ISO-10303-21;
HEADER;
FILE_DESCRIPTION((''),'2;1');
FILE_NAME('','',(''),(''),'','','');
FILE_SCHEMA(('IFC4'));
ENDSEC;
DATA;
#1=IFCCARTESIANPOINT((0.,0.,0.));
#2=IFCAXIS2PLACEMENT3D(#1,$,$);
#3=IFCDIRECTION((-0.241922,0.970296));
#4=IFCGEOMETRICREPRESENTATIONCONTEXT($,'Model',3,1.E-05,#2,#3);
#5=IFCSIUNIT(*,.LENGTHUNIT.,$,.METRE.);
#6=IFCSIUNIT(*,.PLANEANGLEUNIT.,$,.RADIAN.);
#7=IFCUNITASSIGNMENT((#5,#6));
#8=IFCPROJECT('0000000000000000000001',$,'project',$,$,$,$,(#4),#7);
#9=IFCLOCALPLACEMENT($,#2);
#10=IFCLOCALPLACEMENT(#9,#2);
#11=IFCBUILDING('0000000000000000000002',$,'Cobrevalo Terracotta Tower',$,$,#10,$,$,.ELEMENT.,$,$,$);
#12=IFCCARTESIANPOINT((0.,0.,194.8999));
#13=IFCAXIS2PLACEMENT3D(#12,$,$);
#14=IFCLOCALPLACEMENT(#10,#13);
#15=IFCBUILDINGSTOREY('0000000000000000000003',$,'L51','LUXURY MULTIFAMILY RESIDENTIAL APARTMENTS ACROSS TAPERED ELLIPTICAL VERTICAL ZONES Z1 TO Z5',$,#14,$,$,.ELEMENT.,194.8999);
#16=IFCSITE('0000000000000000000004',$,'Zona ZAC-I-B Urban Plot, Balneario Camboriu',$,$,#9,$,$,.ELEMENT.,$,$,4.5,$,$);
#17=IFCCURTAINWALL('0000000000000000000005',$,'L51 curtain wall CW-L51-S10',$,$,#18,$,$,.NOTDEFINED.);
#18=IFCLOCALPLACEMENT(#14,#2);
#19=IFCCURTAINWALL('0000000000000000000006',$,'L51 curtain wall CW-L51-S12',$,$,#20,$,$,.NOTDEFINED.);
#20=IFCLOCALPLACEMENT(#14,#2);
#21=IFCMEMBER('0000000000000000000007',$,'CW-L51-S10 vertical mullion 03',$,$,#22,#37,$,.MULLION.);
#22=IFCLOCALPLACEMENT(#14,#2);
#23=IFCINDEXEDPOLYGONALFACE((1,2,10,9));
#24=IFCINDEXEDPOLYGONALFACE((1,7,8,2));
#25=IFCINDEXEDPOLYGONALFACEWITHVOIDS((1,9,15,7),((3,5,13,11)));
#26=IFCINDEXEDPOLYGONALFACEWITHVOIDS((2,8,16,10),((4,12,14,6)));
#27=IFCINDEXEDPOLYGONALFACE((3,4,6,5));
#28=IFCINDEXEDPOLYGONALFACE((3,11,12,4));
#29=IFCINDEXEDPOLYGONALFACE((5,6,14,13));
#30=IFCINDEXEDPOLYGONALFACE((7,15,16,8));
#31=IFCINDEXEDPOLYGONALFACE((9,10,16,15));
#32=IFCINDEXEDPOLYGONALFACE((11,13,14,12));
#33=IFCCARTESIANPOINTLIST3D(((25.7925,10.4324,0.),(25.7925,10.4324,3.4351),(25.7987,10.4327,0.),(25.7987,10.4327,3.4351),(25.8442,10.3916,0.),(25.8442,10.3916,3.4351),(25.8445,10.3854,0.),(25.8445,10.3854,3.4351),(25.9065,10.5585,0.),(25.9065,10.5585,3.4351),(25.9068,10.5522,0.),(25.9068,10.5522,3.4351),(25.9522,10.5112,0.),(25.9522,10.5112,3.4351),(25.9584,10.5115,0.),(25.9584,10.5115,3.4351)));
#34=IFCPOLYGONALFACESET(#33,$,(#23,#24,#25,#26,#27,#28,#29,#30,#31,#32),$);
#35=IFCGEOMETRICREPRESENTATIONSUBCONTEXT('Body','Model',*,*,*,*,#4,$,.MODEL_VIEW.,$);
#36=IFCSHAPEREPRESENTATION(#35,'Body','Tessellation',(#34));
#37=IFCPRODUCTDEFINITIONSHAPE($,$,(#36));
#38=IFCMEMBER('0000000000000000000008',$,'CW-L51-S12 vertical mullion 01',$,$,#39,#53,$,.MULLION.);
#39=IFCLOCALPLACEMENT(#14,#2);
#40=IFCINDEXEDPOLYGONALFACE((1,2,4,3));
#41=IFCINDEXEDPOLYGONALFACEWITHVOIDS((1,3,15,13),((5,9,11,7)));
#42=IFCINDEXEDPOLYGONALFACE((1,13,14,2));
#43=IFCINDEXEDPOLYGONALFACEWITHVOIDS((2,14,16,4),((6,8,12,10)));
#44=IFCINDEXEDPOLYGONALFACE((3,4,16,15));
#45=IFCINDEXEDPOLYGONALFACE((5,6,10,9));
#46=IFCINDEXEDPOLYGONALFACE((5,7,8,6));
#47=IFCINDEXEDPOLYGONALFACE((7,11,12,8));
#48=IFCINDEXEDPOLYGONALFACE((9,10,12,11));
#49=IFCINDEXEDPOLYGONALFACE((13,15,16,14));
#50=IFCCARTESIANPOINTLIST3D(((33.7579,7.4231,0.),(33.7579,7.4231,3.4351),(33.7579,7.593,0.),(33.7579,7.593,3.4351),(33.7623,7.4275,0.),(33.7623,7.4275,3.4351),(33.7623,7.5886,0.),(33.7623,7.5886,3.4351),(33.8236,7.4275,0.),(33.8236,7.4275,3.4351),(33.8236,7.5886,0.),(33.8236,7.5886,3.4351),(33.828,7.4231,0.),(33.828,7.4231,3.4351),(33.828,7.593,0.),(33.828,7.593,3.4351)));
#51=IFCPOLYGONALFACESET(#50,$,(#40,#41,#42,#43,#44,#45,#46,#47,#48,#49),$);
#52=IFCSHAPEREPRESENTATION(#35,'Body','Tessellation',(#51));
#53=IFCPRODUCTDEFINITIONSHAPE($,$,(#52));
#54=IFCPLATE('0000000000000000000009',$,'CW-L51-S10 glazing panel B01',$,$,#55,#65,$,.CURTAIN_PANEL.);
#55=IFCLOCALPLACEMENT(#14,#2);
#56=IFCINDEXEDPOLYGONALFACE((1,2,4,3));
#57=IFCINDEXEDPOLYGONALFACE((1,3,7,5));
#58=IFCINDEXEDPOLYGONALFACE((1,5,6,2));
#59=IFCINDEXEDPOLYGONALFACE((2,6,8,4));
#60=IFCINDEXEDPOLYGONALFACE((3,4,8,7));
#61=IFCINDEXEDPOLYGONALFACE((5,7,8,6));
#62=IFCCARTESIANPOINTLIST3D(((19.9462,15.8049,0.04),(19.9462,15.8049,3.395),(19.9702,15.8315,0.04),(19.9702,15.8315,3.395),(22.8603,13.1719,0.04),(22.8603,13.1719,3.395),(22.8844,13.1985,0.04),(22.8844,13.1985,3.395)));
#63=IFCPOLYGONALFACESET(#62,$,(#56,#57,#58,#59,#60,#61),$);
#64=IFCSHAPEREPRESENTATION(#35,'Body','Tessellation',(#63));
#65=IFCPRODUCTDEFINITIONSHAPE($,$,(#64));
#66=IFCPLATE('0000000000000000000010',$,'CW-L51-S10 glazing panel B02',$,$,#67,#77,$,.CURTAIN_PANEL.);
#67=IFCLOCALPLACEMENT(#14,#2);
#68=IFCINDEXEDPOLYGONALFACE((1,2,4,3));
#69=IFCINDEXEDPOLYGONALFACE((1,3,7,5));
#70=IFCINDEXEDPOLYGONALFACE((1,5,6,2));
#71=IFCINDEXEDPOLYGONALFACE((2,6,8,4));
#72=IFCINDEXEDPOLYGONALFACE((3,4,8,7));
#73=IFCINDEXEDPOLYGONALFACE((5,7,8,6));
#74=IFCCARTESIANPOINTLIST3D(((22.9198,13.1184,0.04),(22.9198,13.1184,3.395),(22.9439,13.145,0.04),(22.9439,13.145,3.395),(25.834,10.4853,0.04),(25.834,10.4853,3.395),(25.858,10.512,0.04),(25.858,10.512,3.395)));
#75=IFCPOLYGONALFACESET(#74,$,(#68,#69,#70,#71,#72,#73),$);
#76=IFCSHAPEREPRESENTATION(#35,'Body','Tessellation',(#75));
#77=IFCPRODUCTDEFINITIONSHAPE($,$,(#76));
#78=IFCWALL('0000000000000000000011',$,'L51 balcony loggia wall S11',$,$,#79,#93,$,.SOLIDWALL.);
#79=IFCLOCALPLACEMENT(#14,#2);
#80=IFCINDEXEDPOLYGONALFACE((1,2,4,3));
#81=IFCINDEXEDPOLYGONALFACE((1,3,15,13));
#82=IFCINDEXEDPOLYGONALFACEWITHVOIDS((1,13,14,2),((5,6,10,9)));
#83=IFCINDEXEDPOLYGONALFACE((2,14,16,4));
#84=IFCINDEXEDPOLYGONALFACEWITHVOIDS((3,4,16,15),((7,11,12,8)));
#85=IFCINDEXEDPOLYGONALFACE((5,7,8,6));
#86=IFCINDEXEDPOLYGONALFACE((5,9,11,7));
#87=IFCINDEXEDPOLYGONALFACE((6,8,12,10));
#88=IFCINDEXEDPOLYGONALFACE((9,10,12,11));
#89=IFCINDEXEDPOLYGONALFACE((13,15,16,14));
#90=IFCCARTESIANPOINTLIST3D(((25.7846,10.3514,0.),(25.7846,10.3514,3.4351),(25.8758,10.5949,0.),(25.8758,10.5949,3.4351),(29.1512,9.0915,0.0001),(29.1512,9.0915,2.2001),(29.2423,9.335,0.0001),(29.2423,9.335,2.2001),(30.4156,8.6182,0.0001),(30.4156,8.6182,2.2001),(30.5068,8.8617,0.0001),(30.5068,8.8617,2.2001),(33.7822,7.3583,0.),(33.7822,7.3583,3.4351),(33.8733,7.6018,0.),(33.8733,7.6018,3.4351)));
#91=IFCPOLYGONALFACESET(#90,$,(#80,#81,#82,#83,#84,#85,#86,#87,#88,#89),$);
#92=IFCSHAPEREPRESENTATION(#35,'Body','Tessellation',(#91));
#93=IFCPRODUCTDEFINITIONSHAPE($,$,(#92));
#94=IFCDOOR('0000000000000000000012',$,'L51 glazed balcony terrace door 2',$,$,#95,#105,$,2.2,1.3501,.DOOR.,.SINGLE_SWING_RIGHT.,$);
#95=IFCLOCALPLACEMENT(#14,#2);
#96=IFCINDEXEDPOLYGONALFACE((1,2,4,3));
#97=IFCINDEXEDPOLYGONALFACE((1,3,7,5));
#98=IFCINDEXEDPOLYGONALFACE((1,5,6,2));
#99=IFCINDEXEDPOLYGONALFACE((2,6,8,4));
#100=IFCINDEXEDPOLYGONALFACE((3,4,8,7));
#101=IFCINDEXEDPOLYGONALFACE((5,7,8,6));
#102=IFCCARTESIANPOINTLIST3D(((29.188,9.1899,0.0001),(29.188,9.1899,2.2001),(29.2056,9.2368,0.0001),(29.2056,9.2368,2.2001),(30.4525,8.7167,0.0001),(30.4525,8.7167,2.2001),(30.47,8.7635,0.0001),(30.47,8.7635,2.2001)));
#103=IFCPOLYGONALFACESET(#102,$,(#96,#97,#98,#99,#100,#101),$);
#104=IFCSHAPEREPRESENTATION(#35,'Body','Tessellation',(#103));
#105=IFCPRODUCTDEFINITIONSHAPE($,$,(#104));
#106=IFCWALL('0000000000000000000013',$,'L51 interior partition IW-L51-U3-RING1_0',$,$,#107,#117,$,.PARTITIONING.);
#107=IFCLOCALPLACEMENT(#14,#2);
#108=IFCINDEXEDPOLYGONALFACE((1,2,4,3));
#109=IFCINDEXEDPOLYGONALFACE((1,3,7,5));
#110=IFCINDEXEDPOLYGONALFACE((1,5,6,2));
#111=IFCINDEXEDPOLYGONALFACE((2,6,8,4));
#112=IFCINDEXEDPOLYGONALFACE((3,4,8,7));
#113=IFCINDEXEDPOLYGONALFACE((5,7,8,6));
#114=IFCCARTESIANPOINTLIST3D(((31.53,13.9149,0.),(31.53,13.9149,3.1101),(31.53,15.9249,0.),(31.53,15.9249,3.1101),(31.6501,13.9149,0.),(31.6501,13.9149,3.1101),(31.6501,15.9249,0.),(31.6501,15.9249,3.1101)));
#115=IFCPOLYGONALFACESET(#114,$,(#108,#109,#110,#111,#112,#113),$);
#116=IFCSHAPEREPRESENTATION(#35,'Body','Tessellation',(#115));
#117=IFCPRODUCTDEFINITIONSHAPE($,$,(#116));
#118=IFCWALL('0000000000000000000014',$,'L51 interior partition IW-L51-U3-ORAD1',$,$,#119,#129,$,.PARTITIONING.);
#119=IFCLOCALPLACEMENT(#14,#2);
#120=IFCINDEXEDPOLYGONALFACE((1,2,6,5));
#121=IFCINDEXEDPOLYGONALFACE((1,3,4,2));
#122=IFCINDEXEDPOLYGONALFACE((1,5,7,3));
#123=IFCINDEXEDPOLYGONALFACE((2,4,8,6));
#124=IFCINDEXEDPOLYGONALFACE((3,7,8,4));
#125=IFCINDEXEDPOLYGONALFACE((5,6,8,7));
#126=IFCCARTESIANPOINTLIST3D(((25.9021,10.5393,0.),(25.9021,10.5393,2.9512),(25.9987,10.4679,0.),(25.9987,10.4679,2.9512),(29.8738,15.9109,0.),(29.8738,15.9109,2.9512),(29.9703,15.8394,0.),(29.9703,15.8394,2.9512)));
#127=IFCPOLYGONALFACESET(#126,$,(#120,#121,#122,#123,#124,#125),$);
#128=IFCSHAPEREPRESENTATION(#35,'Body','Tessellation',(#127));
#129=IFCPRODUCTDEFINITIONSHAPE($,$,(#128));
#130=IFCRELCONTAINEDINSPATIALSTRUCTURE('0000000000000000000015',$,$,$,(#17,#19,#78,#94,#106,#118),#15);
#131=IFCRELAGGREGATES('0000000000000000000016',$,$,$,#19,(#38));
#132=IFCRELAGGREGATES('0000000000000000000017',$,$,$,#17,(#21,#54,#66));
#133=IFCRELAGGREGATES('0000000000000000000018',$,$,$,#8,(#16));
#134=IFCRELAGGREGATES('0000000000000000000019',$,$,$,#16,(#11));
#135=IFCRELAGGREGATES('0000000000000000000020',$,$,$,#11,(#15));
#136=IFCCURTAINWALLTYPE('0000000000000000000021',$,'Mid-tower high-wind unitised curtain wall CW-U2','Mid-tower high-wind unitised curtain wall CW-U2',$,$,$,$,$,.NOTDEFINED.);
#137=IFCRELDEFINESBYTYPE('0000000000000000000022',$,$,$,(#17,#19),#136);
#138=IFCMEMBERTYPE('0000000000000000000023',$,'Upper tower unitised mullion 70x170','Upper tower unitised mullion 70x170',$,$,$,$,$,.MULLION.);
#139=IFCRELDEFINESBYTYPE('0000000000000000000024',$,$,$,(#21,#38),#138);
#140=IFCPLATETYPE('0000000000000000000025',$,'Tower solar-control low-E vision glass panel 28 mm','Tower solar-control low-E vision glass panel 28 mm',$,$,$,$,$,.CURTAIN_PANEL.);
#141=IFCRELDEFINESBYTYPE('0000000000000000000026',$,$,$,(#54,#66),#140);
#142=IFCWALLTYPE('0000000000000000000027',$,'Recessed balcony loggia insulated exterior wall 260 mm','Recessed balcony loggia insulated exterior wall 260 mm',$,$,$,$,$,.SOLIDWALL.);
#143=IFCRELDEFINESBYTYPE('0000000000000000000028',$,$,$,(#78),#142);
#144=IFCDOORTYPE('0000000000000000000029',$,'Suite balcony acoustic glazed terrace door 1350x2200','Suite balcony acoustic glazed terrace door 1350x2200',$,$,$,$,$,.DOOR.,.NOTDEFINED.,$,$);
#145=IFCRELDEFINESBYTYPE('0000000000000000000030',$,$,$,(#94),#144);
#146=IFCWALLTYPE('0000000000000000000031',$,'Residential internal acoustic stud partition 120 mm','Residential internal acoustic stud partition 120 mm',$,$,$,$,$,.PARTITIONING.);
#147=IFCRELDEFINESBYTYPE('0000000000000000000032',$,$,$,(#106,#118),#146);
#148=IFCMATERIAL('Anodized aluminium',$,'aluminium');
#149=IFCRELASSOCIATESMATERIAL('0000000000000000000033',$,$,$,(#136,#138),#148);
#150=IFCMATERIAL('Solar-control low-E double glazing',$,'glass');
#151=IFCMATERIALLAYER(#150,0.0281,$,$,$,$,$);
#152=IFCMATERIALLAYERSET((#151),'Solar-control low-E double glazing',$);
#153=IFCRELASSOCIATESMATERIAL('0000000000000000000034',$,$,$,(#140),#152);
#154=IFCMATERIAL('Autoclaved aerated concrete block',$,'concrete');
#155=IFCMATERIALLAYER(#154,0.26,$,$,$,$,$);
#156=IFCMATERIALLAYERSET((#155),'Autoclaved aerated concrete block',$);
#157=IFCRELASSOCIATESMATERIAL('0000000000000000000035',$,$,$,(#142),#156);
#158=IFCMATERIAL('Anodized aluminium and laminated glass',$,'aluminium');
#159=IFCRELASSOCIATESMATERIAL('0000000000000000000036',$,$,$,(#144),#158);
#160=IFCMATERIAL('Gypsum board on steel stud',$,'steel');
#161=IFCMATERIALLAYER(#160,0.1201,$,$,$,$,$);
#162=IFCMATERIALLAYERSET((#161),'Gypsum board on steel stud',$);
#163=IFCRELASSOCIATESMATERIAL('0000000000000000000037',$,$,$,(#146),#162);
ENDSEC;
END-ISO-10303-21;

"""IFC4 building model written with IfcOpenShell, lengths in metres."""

from ifc_helpers import new_model, si_unit, direction, frame, frame_2d, origin, origin_2d, place, context, subcontext, project, spatial, rectangle, hollow_rectangle, extrude, source, transform, mapped, material, layer, layer_set, material_profile, profile_set, type_object, element, fill, aggregate, save


model = new_model("IFC4")

# Units and contexts
model_context = context("Model", 3, precision=1e-05, world=origin(), true_north=direction((-0.241922, 0.970296)))
body_context = subcontext(model_context, "Body", "Model", "MODEL_VIEW")
ifc_project = project(units=[si_unit("LENGTHUNIT", "METRE"), si_unit("PLANEANGLEUNIT", "RADIAN")], contexts=[model_context])

# Site, building, storey
site_placement = place(None, origin())
site = spatial("IfcSite", under=ifc_project, at=site_placement, Name="Zona ZAC-I-B Urban Plot, Balneario Camboriu", CompositionType="ELEMENT", RefElevation=4.5)
building_placement = place(site_placement, origin())
building = spatial("IfcBuilding", under=site, at=building_placement, Name="Cobrevalo Terracotta Tower", CompositionType="ELEMENT")
storey_placement = place(building_placement, frame((0.0, 0.0, 194.8999)))
storey = spatial("IfcBuildingStorey", under=building, at=storey_placement, Name="L51", Description="LUXURY MULTIFAMILY RESIDENTIAL APARTMENTS ACROSS TAPERED ELLIPTICAL VERTICAL ZONES Z1 TO Z5", CompositionType="ELEMENT", Elevation=194.8999)

# Curtain walls
ifc_material_1 = material(Name="Anodized aluminium", Category="aluminium")
curtain_wall_type = type_object("IfcCurtainWallType", Name="Mid-tower high-wind unitised curtain wall CW-U2", Description="Mid-tower high-wind unitised curtain wall CW-U2", PredefinedType="NOTDEFINED", material=ifc_material_1)
curtain_wall_1_placement = place(storey_placement, origin())
curtain_wall_1 = element("IfcCurtainWall", 1, at=curtain_wall_1_placement, inside=storey, type_object=curtain_wall_type, Name="L51 curtain wall CW-L51-S10", PredefinedType="NOTDEFINED")
curtain_wall_2_placement = place(storey_placement, origin())
curtain_wall_2 = element("IfcCurtainWall", 2, at=curtain_wall_2_placement, inside=storey, type_object=curtain_wall_type, Name="L51 curtain wall CW-L51-S12", PredefinedType="NOTDEFINED")

# Members
ifc_material_profile_1 = material_profile(ifc_material_1, hollow_rectangle(XDim=0.0701, YDim=0.1699, WallThickness=0.0044, at=origin_2d()), Name="CWM 70x170")
ifc_profile_set_1 = profile_set([ifc_material_profile_1], Name="Anodized aluminium")
member_type_1 = type_object("IfcMemberType", Name="Upper tower unitised mullion 70x170", Description="Upper tower unitised mullion 70x170", PredefinedType="MULLION", material=ifc_profile_set_1)
shared_shape_1 = source(origin(), body_context, "Body", "SweptSolid", [
    extrude(hollow_rectangle(XDim=0.0701, YDim=0.1699, WallThickness=0.0044, at=origin_2d()), origin(), (0.0, 0.0, 1.0), 3.4351),
])
member_1_placement = place(storey_placement, frame((25.8755, 10.4719, 0.0), z_axis=(0.0, 0.0, 1.0), x_axis=(0.741988, -0.670414, 0.0)))
member_1 = element("IfcMember", 3, at=member_1_placement, type_object=member_type_1, Name="CW-L51-S10 vertical mullion 03", PredefinedType="MULLION", context=body_context, shape_type="MappedRepresentation", body=[
    mapped(shared_shape_1, transform((0.0, 0.0, 0.0), scale=1.0)),
])
member_2_placement = place(storey_placement, frame((33.793, 7.5081, 0.0), z_axis=(0.0, 0.0, 1.0), x_axis=(1.0, 0.0, 0.0)))
member_2 = element("IfcMember", 4, at=member_2_placement, type_object=member_type_1, Name="CW-L51-S12 vertical mullion 01", PredefinedType="MULLION", context=body_context, shape_type="MappedRepresentation", body=[
    mapped(shared_shape_1, transform((0.0, 0.0, 0.0), scale=1.0)),
])
aggregate(curtain_wall_2, [member_2])

# Plates
ifc_material_2 = material(Name="Solar-control low-E double glazing", Category="glass")
ifc_layer_1 = layer(ifc_material_2, 0.0281)
ifc_layer_set_1 = layer_set([ifc_layer_1], Name="Solar-control low-E double glazing")
plate_type = type_object("IfcPlateType", Name="Tower solar-control low-E vision glass panel 28 mm", Description="Tower solar-control low-E vision glass panel 28 mm", PredefinedType="CURTAIN_PANEL", material=ifc_layer_set_1)
shared_shape_2 = source(origin(), body_context, "Body", "SweptSolid", [
    extrude(rectangle(XDim=3.9275, YDim=0.0359, at=origin_2d()), origin(), (0.0, 0.0, 1.0), 3.355),
])
plate_1_placement = place(storey_placement, frame((21.4153, 14.5017, 0.04), z_axis=(0.0, 0.0, 1.0), x_axis=(0.741988, -0.670414, 0.0)))
plate_1 = element("IfcPlate", 5, at=plate_1_placement, type_object=plate_type, Name="CW-L51-S10 glazing panel B01", PredefinedType="CURTAIN_PANEL", context=body_context, shape_type="MappedRepresentation", body=[
    mapped(shared_shape_2, transform((0.0, 0.0, 0.0), scale=1.0)),
])
plate_2_placement = place(storey_placement, frame((24.3889, 11.8152, 0.04), z_axis=(0.0, 0.0, 1.0), x_axis=(0.741988, -0.670414, 0.0)))
plate_2 = element("IfcPlate", 6, at=plate_2_placement, type_object=plate_type, Name="CW-L51-S10 glazing panel B02", PredefinedType="CURTAIN_PANEL", context=body_context, shape_type="MappedRepresentation", body=[
    mapped(shared_shape_2, transform((0.0, 0.0, 0.0), scale=1.0)),
])
aggregate(curtain_wall_1, [member_1, plate_1, plate_2])

# Wall, opening, door
ifc_material_3 = material(Name="Autoclaved aerated concrete block", Category="concrete")
ifc_layer_2 = layer(ifc_material_3, 0.26)
ifc_layer_set_2 = layer_set([ifc_layer_2], Name="Autoclaved aerated concrete block")
wall_type_1 = type_object("IfcWallType", Name="Recessed balcony loggia insulated exterior wall 260 mm", Description="Recessed balcony loggia insulated exterior wall 260 mm", PredefinedType="SOLIDWALL", material=ifc_layer_set_2)
wall_1_placement = place(storey_placement, frame((25.8303, 10.4731, 0.0), z_axis=(0.0, 0.0, 1.0), x_axis=(0.936557, -0.350516, 0.0)))
wall_1 = element("IfcWall", 7, at=wall_1_placement, inside=storey, type_object=wall_type_1, Name="L51 balcony loggia wall S11", PredefinedType="SOLIDWALL", context=body_context, shape_type="SweptSolid", body=[
    extrude(rectangle(XDim=8.5393, YDim=0.26, at=frame_2d((4.2695, 0.0))), origin(), (0.0, 0.0, 1.0), 3.4351),
])
opening_placement = place(wall_1_placement, frame((3.5945, 0.0, 0.0)))
opening = element("IfcOpeningElement", 8, at=opening_placement, cuts=wall_1, PredefinedType="OPENING", context=body_context, shape_type="SweptSolid", body=[
    extrude(rectangle(XDim=1.3501, YDim=2.2, at=frame_2d((0.675, 1.1001))), frame((0.0, 0.1401, 0.0), z_axis=(0.0, -1.0, 0.0), x_axis=(1.0, 0.0, 0.0)), (0.0, 0.0, 1.0), 0.28),
])
ifc_material_4 = material(Name="Anodized aluminium and laminated glass", Category="aluminium")
door_type = type_object("IfcDoorType", Name="Suite balcony acoustic glazed terrace door 1350x2200", Description="Suite balcony acoustic glazed terrace door 1350x2200", OperationType="NOTDEFINED", PredefinedType="DOOR", material=ifc_material_4)
shared_shape_3 = source(origin(), body_context, "Body", "SweptSolid", [
    extrude(rectangle(XDim=1.3501, YDim=2.2, at=frame_2d((0.675, 1.1001))), frame((0.0, 0.0249, 0.0), z_axis=(0.0, -1.0, 0.0), x_axis=(1.0, 0.0, 0.0)), (0.0, 0.0, 1.0), 0.05),
])
door_placement = place(opening_placement, frame((1.3501, 0.0, 0.0), z_axis=(0.0, 0.0, 1.0), x_axis=(-1.0, 0.0, 0.0)))
door = element("IfcDoor", 9, at=door_placement, inside=storey, type_object=door_type, Name="L51 glazed balcony terrace door 2", OperationType="SINGLE_SWING_RIGHT", OverallHeight=2.2, OverallWidth=1.3501, PredefinedType="DOOR", context=body_context, shape_type="MappedRepresentation", body=[
    mapped(shared_shape_3, transform((0.0, 0.0, 0.0), scale=1.0)),
])
fill(opening, door)

# Walls
ifc_material_5 = material(Name="Gypsum board on steel stud", Category="steel")
ifc_layer_3 = layer(ifc_material_5, 0.1201)
ifc_layer_set_3 = layer_set([ifc_layer_3], Name="Gypsum board on steel stud")
wall_type_2 = type_object("IfcWallType", Name="Residential internal acoustic stud partition 120 mm", Description="Residential internal acoustic stud partition 120 mm", PredefinedType="PARTITIONING", material=ifc_layer_set_3)
wall_2_placement = place(storey_placement, frame((31.5901, 13.915, 0.0), z_axis=(0.0, 0.0, 1.0), x_axis=(0.0, 1.0, 0.0)))
element("IfcWall", 10, at=wall_2_placement, inside=storey, type_object=wall_type_2, Name="L51 interior partition IW-L51-U3-RING1_0", PredefinedType="PARTITIONING", context=body_context, shape_type="SweptSolid", body=[
    extrude(rectangle(XDim=2.01, YDim=0.1201, at=frame_2d((1.0049, 0.0))), origin(), (0.0, 0.0, 1.0), 3.1101),
])
wall_3_placement = place(storey_placement, frame((29.9221, 15.8752, 0.0), z_axis=(0.0, 0.0, 1.0), x_axis=(-0.594525, -0.804077, 0.0)))
element("IfcWall", 11, at=wall_3_placement, inside=storey, type_object=wall_type_2, Name="L51 interior partition IW-L51-U3-ORAD1", PredefinedType="PARTITIONING", context=body_context, shape_type="SweptSolid", body=[
    extrude(rectangle(XDim=6.6804, YDim=0.1201, at=frame_2d((3.3403, 0.0))), origin(), (0.0, 0.0, 1.0), 2.9512),
])

save(model, "model.ifc")
